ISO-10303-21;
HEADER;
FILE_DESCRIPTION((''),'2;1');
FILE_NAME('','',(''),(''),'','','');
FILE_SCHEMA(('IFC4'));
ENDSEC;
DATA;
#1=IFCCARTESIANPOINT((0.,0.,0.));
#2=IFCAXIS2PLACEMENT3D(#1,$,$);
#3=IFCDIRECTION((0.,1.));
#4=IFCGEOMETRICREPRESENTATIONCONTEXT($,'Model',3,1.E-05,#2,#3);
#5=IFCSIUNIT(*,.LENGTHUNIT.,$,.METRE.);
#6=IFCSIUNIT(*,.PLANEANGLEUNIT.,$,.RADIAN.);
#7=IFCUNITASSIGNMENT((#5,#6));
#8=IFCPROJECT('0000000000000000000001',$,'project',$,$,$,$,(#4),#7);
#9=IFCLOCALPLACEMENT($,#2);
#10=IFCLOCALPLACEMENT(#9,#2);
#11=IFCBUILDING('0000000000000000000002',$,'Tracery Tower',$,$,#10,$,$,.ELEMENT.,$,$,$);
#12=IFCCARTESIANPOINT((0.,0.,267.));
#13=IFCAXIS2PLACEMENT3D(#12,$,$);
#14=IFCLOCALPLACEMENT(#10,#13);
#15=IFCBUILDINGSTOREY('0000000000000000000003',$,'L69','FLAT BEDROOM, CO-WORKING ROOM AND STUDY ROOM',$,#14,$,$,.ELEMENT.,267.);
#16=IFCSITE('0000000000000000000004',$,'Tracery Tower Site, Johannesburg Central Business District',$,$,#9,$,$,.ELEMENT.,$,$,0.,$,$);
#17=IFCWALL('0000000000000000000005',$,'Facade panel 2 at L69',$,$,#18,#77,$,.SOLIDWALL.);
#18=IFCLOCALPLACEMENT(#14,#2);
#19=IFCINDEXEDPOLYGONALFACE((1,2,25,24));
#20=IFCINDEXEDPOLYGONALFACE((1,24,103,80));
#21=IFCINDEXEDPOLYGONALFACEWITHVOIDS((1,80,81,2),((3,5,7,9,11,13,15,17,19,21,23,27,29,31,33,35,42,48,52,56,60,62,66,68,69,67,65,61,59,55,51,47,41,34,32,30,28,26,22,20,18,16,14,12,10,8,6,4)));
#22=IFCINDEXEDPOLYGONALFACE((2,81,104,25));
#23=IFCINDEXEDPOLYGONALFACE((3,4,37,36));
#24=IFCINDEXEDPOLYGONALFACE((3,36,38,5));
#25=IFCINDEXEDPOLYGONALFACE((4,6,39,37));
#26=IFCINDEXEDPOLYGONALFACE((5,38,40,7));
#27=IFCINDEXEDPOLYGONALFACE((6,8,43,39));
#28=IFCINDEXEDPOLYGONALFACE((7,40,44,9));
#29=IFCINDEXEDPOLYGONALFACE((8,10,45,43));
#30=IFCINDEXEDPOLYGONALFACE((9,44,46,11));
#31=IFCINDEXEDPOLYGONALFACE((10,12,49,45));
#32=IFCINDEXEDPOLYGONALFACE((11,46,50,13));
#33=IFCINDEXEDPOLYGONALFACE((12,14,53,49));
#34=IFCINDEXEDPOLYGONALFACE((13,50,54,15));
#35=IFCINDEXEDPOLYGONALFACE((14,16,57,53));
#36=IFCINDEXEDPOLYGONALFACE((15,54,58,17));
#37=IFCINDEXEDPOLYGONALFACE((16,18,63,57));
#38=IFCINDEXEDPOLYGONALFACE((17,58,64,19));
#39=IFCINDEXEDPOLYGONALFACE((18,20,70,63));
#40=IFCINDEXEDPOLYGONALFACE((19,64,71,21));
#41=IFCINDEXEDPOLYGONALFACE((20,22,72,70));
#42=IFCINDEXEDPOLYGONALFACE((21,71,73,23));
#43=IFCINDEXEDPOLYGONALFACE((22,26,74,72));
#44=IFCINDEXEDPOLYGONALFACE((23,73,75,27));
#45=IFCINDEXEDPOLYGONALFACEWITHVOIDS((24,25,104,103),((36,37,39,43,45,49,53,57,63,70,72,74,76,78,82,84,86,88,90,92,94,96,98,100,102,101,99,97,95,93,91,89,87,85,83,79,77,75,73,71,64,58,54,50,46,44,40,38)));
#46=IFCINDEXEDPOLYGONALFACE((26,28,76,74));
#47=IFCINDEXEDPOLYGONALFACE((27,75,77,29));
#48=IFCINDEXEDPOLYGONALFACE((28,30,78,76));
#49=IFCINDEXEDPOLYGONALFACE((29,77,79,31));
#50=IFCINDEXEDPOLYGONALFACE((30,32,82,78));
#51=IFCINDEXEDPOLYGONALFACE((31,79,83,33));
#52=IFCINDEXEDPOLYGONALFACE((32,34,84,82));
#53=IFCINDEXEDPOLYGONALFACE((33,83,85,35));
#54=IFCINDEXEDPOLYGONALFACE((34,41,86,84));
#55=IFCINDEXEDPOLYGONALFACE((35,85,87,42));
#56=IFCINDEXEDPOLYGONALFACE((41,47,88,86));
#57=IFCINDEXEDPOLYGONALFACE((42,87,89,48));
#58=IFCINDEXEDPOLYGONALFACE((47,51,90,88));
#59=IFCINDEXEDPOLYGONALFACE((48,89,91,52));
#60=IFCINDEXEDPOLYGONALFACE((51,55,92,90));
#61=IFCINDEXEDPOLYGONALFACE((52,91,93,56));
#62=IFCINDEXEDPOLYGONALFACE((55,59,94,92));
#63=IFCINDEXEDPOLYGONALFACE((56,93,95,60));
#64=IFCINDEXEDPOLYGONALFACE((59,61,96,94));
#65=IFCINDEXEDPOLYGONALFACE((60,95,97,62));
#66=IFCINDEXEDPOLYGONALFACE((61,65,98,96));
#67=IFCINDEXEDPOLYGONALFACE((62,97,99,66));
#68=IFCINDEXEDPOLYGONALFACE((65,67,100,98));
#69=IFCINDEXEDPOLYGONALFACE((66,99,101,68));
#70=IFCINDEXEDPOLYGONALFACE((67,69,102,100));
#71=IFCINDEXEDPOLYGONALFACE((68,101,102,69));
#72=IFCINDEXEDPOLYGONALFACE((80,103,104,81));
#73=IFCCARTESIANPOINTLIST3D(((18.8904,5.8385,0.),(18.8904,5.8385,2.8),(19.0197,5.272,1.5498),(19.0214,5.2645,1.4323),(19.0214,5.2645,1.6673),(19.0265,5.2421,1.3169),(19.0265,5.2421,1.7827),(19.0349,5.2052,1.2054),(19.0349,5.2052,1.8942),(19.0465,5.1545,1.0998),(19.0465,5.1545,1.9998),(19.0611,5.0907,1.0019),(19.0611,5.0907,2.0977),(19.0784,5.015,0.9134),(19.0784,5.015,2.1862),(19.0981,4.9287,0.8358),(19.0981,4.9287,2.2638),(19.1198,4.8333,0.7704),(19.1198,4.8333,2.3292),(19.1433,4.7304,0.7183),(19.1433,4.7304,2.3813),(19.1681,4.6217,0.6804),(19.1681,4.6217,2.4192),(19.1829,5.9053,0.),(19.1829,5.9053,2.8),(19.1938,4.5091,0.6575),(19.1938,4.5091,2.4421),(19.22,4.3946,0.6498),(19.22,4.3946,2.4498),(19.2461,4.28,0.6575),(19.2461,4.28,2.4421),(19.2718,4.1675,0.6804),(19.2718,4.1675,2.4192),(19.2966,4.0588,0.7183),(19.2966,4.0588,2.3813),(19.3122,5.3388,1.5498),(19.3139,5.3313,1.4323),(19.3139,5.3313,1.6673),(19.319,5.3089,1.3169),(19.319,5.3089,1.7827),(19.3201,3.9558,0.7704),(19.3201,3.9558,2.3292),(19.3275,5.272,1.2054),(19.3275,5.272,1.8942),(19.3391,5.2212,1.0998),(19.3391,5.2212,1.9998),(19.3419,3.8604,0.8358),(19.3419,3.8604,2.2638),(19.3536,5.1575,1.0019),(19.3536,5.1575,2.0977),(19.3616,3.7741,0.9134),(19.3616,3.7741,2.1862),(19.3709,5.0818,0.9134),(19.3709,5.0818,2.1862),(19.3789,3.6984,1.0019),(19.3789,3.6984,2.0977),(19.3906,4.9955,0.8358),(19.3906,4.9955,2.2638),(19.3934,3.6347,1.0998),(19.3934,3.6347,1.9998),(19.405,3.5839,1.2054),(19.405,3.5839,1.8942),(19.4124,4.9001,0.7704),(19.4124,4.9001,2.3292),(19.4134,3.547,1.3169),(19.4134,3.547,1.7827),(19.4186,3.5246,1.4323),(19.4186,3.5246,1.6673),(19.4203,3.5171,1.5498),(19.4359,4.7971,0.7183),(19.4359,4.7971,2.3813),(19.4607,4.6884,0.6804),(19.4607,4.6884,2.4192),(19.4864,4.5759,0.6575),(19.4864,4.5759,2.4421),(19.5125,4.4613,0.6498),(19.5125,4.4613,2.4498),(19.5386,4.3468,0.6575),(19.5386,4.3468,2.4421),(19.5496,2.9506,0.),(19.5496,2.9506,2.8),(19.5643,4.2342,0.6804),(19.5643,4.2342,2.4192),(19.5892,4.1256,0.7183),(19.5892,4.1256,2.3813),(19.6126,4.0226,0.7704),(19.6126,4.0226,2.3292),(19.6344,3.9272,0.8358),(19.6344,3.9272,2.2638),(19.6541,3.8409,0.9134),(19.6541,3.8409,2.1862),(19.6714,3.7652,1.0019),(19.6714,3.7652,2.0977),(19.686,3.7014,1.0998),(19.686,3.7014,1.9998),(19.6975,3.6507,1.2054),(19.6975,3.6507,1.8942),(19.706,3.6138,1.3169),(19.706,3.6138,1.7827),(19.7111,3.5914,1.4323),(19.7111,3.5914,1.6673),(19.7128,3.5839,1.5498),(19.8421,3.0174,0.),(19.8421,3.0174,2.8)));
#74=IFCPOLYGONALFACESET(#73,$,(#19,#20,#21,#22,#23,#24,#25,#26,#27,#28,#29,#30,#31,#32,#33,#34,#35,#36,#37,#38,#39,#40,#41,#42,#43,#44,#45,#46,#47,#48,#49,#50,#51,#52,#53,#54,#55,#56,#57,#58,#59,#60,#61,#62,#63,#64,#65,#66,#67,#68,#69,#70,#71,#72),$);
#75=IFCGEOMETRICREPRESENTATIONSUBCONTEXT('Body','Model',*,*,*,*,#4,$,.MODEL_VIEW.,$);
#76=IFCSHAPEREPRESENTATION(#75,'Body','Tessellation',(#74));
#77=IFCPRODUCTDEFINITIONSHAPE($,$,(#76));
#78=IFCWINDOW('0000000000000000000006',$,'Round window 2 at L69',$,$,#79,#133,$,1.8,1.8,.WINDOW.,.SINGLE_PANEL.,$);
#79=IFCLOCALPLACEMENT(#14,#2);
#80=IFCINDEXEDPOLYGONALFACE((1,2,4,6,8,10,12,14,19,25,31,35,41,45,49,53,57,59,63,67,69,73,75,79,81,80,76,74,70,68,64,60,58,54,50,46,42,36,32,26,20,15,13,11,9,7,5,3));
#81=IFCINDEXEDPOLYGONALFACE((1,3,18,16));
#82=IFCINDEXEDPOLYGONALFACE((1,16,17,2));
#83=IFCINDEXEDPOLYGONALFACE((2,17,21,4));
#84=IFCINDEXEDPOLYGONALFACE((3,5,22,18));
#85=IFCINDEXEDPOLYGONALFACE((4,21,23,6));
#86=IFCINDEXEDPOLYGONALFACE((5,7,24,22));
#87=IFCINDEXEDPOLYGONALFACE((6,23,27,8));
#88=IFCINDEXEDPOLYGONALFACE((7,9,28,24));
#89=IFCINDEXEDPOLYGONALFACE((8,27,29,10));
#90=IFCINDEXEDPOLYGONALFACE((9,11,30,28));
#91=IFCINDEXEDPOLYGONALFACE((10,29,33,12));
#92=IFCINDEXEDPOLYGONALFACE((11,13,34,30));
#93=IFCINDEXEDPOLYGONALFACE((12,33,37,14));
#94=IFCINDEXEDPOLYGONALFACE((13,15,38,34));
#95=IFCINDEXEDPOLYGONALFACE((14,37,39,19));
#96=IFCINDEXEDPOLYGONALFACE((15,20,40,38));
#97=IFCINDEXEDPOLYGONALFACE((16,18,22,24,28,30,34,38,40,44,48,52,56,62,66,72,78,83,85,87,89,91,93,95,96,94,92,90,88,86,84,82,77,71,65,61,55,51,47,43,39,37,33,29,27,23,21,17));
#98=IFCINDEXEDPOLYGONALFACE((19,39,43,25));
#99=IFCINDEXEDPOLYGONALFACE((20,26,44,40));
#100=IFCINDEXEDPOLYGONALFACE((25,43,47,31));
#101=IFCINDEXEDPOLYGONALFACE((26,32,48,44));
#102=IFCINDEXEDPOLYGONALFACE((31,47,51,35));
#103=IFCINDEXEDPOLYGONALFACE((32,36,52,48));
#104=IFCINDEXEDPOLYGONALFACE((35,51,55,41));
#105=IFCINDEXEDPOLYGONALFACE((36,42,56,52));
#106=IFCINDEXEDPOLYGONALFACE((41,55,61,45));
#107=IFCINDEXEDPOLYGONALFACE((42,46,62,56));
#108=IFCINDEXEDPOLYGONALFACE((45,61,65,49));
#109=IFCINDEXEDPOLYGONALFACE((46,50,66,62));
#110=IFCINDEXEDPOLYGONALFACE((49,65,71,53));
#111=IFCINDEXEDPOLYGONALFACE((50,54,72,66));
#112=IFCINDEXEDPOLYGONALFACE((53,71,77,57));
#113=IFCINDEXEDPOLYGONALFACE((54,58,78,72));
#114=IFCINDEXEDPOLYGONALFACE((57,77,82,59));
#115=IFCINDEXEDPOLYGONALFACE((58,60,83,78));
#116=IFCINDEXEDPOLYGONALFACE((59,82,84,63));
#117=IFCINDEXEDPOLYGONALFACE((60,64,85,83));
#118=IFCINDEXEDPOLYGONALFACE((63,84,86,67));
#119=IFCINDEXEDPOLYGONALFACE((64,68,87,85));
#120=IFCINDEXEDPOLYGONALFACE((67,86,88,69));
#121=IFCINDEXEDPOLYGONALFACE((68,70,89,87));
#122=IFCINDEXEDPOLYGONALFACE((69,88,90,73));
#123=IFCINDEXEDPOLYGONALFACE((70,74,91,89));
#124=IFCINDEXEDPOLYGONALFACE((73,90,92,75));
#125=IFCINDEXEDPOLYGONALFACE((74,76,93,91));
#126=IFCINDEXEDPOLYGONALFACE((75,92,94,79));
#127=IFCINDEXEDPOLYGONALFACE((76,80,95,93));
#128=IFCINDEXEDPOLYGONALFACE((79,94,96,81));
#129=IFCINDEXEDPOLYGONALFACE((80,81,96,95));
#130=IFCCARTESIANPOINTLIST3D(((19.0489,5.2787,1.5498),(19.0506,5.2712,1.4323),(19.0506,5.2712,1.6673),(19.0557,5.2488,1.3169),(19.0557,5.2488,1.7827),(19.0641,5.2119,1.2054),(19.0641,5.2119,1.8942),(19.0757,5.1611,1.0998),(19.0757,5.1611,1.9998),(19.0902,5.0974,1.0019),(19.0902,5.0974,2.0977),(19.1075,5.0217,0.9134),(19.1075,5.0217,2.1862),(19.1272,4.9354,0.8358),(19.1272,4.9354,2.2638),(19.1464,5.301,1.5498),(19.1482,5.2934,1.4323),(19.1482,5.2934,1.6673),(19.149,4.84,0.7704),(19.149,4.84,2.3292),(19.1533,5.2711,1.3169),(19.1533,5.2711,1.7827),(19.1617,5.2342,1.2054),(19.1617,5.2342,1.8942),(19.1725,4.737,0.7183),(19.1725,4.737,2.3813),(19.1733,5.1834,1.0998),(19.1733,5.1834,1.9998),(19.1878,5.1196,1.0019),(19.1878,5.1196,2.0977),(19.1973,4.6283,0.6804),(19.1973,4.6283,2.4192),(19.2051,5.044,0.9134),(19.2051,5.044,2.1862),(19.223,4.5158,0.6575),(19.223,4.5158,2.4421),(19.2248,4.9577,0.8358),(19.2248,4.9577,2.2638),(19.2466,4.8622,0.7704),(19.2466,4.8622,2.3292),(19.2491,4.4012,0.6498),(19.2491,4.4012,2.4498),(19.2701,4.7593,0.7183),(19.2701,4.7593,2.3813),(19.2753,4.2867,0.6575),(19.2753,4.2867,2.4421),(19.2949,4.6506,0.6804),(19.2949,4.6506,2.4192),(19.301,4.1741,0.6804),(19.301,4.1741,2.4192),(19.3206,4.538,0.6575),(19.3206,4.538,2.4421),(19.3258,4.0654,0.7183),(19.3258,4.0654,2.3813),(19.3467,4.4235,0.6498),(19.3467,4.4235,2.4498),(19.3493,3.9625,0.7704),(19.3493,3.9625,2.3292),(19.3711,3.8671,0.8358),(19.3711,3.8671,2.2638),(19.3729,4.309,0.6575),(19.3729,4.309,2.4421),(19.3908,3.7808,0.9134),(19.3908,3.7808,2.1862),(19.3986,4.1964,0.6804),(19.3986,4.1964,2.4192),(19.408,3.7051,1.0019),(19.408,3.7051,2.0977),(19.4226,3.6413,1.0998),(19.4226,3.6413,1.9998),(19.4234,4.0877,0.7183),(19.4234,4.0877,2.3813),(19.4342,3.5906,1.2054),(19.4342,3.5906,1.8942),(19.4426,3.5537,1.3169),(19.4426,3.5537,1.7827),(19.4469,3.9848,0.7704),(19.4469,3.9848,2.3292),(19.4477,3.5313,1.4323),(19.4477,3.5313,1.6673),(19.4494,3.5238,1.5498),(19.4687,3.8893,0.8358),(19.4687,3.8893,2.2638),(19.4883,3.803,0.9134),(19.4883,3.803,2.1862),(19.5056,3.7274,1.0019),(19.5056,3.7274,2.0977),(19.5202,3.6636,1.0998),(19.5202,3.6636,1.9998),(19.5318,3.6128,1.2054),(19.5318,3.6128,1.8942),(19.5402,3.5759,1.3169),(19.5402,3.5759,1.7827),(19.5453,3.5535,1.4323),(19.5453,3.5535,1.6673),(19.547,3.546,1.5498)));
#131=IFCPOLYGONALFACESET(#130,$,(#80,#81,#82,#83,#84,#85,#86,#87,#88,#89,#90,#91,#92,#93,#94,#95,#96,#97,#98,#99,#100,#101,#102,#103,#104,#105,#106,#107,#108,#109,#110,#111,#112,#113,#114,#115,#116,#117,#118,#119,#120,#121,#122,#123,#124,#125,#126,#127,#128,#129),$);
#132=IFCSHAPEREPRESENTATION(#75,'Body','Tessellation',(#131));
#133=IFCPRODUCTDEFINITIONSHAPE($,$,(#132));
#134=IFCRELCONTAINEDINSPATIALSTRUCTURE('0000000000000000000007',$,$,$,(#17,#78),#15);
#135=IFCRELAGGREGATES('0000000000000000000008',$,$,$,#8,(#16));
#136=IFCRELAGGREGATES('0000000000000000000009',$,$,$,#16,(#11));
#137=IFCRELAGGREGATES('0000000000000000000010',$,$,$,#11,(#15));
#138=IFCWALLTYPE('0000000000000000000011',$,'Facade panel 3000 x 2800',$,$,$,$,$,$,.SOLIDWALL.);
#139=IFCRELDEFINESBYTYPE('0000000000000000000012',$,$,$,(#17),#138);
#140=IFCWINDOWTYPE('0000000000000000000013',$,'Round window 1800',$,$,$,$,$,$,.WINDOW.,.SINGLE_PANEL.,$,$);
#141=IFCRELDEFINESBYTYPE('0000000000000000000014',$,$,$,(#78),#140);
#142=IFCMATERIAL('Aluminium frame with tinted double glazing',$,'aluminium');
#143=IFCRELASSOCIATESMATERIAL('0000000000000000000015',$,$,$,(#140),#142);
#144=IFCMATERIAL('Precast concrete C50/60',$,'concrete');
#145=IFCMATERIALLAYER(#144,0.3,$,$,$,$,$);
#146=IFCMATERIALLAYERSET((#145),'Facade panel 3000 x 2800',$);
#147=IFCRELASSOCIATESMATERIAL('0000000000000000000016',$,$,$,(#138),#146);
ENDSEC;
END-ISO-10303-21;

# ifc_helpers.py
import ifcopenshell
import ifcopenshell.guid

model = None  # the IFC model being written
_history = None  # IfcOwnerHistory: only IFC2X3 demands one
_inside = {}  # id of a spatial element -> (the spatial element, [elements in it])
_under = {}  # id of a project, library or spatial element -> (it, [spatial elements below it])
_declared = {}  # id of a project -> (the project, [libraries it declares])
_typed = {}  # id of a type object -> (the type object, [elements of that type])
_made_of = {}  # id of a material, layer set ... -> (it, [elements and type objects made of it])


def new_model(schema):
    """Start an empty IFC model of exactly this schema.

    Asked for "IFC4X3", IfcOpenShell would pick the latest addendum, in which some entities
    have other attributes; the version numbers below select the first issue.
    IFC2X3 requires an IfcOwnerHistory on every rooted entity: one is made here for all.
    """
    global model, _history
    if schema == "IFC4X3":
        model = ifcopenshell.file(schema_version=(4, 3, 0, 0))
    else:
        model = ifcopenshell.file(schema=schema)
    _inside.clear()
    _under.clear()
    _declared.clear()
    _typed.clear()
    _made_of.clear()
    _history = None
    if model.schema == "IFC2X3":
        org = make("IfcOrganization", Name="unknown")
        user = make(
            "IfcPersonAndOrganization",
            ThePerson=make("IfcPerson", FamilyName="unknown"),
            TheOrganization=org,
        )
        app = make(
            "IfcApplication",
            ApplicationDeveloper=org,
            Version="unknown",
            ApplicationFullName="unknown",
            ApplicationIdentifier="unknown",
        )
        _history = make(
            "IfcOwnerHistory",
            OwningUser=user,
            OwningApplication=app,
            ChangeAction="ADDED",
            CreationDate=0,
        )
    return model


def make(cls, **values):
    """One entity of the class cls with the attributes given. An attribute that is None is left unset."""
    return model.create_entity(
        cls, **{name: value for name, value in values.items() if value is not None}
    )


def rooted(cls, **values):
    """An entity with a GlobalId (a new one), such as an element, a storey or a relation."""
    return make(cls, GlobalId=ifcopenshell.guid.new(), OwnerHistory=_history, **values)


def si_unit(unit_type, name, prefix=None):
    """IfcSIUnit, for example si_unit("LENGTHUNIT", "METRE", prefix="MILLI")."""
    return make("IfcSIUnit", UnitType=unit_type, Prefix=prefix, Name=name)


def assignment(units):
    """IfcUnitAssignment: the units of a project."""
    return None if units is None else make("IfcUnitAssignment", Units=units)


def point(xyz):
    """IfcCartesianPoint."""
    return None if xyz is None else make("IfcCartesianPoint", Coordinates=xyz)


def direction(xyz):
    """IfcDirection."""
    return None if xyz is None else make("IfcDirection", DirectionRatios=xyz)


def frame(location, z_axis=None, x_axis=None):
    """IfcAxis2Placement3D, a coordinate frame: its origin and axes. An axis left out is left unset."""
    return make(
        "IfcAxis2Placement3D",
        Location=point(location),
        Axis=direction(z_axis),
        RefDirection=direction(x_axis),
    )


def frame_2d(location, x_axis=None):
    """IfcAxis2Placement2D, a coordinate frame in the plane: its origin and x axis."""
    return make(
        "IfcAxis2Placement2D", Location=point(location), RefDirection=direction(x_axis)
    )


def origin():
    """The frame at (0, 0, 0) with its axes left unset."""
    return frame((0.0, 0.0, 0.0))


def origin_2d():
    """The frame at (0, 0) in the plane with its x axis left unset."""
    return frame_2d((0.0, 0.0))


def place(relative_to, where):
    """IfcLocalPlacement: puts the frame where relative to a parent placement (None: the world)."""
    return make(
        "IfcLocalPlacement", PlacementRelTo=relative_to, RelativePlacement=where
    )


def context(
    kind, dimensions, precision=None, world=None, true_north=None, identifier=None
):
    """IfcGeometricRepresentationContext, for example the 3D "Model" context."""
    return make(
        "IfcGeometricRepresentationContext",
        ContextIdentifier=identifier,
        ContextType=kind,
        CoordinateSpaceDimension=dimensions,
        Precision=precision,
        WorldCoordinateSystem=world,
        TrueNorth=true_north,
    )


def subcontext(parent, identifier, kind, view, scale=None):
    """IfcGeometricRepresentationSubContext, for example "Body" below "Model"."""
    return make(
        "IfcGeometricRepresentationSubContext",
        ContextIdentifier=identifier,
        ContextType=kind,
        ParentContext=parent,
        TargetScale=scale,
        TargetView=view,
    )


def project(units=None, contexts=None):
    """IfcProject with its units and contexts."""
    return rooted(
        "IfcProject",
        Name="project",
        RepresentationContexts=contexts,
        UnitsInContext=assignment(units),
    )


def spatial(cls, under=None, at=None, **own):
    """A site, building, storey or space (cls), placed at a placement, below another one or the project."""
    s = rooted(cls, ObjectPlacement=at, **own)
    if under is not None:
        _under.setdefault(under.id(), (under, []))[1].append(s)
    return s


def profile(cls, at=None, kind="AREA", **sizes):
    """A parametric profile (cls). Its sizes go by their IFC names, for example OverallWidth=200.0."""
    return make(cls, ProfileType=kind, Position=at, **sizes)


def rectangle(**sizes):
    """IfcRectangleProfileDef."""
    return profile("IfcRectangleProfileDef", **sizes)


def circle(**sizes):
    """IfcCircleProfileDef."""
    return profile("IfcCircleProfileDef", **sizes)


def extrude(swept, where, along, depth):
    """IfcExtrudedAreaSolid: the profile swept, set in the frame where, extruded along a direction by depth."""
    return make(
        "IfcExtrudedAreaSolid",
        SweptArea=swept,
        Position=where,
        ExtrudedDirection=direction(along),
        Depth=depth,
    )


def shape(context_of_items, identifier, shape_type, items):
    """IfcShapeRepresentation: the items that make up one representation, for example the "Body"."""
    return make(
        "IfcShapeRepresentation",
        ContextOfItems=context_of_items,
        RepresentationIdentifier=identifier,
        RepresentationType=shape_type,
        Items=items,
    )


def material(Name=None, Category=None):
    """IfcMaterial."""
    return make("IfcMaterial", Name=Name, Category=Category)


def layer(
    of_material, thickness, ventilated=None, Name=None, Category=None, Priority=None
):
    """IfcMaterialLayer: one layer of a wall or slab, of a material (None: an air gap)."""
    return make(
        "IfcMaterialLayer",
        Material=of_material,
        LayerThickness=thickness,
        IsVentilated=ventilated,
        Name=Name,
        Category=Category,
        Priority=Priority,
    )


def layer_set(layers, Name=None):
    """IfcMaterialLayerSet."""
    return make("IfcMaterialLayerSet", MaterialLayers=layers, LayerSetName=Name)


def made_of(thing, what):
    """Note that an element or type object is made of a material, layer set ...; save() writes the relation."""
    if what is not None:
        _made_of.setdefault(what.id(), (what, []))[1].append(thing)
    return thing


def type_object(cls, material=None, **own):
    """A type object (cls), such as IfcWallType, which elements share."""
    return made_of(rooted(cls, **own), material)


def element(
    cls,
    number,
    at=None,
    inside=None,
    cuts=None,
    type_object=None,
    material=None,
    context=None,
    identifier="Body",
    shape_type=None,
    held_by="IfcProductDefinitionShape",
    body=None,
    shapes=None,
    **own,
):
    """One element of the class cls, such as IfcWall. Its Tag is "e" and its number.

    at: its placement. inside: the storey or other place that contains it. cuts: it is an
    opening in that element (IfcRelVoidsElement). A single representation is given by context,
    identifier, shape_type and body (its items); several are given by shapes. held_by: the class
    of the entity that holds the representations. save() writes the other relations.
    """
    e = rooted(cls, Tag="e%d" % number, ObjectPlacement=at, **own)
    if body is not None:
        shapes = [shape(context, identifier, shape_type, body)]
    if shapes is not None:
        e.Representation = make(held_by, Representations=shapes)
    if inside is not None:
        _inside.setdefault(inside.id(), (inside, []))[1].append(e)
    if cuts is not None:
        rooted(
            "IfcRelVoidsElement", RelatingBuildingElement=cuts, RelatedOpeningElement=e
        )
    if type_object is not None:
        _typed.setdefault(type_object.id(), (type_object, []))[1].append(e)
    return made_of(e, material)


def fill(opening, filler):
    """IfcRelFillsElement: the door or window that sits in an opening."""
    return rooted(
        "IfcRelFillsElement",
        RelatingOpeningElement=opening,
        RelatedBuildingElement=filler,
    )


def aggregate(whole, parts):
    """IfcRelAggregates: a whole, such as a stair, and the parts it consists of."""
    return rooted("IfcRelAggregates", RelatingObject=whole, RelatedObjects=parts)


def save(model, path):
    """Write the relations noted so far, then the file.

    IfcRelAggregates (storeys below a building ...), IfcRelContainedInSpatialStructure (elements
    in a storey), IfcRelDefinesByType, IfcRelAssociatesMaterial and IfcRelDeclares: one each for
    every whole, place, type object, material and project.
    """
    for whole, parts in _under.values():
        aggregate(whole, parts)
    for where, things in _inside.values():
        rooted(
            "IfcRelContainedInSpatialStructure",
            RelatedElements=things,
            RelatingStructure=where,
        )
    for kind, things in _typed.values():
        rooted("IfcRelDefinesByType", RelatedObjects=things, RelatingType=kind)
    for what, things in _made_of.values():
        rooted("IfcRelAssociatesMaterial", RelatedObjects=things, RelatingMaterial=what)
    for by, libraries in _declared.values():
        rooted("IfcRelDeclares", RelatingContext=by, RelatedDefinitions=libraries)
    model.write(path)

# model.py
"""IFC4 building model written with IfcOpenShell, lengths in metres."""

from ifc_helpers import new_model, si_unit, direction, frame, frame_2d, origin, origin_2d, place, context, subcontext, project, spatial, rectangle, circle, extrude, material, layer, layer_set, type_object, element, fill, save


model = new_model("IFC4")

# Units and contexts
model_context = context("Model", 3, precision=1e-05, world=origin(), true_north=direction((0.0, 1.0)))
body_context = subcontext(model_context, "Body", "Model", "MODEL_VIEW")
ifc_project = project(units=[si_unit("LENGTHUNIT", "METRE"), si_unit("PLANEANGLEUNIT", "RADIAN")], contexts=[model_context])

# Site, building, storey
site_placement = place(None, origin())
site = spatial("IfcSite", under=ifc_project, at=site_placement, Name="Tracery Tower Site, Johannesburg Central Business District", CompositionType="ELEMENT", RefElevation=0.0)
building_placement = place(site_placement, origin())
building = spatial("IfcBuilding", under=site, at=building_placement, Name="Tracery Tower", CompositionType="ELEMENT")
storey_placement = place(building_placement, frame((0.0, 0.0, 267.0)))
storey = spatial("IfcBuildingStorey", under=building, at=storey_placement, Name="L69", Description="FLAT BEDROOM, CO-WORKING ROOM AND STUDY ROOM", CompositionType="ELEMENT", Elevation=267.0)

# Wall, opening, window
ifc_material_1 = material(Name="Aluminium frame with tinted double glazing", Category="aluminium")
window_type = type_object("IfcWindowType", Name="Round window 1800", PartitioningType="SINGLE_PANEL", PredefinedType="WINDOW", material=ifc_material_1)
ifc_material_2 = material(Name="Precast concrete C50/60", Category="concrete")
ifc_layer_1 = layer(ifc_material_2, 0.3)
ifc_layer_set_1 = layer_set([ifc_layer_1], Name="Facade panel 3000 x 2800")
wall_type_1 = type_object("IfcWallType", Name="Facade panel 3000 x 2800", PredefinedType="SOLIDWALL", material=ifc_layer_set_1)
wall_1_placement = place(storey_placement, frame((19.6958, 2.9841, 0.0), z_axis=(0.0, 0.0, 1.0), x_axis=(-0.222529, 0.974926, 0.0)))
wall_1 = element("IfcWall", 1, at=wall_1_placement, inside=storey, type_object=wall_type_1, Name="Facade panel 2 at L69", PredefinedType="SOLIDWALL", context=body_context, shape_type="SweptSolid", body=[
    extrude(rectangle(XDim=2.9622, YDim=0.3, at=frame_2d((1.481, 0.0))), origin(), (0.0, 0.0, 1.0), 2.8),
])
opening_1_placement = place(wall_1_placement, frame((1.481, 0.0, 1.5498)))
opening_1 = element("IfcOpeningElement", 2, at=opening_1_placement, cuts=wall_1, PredefinedType="OPENING", context=body_context, shape_type="SweptSolid", body=[
    extrude(circle(Radius=0.9, at=origin_2d()), frame((0.0, 0.1599, 0.0), z_axis=(0.0, -1.0, 0.0), x_axis=(1.0, 0.0, 0.0)), (0.0, 0.0, 1.0), 0.3201),
])
window_1_placement = place(opening_1_placement, origin())
window_1 = element("IfcWindow", 3, at=window_1_placement, inside=storey, type_object=window_type, Name="Round window 2 at L69", OverallHeight=1.8, OverallWidth=1.8, PartitioningType="SINGLE_PANEL", PredefinedType="WINDOW", context=body_context, shape_type="SweptSolid", body=[
    extrude(circle(Radius=0.9, at=origin_2d()), frame((0.0, 0.1201, 0.0), z_axis=(0.0, -1.0, 0.0), x_axis=(1.0, 0.0, 0.0)), (0.0, 0.0, 1.0), 0.1001),
])
fill(opening_1, window_1)

save(model, "model.ifc")
